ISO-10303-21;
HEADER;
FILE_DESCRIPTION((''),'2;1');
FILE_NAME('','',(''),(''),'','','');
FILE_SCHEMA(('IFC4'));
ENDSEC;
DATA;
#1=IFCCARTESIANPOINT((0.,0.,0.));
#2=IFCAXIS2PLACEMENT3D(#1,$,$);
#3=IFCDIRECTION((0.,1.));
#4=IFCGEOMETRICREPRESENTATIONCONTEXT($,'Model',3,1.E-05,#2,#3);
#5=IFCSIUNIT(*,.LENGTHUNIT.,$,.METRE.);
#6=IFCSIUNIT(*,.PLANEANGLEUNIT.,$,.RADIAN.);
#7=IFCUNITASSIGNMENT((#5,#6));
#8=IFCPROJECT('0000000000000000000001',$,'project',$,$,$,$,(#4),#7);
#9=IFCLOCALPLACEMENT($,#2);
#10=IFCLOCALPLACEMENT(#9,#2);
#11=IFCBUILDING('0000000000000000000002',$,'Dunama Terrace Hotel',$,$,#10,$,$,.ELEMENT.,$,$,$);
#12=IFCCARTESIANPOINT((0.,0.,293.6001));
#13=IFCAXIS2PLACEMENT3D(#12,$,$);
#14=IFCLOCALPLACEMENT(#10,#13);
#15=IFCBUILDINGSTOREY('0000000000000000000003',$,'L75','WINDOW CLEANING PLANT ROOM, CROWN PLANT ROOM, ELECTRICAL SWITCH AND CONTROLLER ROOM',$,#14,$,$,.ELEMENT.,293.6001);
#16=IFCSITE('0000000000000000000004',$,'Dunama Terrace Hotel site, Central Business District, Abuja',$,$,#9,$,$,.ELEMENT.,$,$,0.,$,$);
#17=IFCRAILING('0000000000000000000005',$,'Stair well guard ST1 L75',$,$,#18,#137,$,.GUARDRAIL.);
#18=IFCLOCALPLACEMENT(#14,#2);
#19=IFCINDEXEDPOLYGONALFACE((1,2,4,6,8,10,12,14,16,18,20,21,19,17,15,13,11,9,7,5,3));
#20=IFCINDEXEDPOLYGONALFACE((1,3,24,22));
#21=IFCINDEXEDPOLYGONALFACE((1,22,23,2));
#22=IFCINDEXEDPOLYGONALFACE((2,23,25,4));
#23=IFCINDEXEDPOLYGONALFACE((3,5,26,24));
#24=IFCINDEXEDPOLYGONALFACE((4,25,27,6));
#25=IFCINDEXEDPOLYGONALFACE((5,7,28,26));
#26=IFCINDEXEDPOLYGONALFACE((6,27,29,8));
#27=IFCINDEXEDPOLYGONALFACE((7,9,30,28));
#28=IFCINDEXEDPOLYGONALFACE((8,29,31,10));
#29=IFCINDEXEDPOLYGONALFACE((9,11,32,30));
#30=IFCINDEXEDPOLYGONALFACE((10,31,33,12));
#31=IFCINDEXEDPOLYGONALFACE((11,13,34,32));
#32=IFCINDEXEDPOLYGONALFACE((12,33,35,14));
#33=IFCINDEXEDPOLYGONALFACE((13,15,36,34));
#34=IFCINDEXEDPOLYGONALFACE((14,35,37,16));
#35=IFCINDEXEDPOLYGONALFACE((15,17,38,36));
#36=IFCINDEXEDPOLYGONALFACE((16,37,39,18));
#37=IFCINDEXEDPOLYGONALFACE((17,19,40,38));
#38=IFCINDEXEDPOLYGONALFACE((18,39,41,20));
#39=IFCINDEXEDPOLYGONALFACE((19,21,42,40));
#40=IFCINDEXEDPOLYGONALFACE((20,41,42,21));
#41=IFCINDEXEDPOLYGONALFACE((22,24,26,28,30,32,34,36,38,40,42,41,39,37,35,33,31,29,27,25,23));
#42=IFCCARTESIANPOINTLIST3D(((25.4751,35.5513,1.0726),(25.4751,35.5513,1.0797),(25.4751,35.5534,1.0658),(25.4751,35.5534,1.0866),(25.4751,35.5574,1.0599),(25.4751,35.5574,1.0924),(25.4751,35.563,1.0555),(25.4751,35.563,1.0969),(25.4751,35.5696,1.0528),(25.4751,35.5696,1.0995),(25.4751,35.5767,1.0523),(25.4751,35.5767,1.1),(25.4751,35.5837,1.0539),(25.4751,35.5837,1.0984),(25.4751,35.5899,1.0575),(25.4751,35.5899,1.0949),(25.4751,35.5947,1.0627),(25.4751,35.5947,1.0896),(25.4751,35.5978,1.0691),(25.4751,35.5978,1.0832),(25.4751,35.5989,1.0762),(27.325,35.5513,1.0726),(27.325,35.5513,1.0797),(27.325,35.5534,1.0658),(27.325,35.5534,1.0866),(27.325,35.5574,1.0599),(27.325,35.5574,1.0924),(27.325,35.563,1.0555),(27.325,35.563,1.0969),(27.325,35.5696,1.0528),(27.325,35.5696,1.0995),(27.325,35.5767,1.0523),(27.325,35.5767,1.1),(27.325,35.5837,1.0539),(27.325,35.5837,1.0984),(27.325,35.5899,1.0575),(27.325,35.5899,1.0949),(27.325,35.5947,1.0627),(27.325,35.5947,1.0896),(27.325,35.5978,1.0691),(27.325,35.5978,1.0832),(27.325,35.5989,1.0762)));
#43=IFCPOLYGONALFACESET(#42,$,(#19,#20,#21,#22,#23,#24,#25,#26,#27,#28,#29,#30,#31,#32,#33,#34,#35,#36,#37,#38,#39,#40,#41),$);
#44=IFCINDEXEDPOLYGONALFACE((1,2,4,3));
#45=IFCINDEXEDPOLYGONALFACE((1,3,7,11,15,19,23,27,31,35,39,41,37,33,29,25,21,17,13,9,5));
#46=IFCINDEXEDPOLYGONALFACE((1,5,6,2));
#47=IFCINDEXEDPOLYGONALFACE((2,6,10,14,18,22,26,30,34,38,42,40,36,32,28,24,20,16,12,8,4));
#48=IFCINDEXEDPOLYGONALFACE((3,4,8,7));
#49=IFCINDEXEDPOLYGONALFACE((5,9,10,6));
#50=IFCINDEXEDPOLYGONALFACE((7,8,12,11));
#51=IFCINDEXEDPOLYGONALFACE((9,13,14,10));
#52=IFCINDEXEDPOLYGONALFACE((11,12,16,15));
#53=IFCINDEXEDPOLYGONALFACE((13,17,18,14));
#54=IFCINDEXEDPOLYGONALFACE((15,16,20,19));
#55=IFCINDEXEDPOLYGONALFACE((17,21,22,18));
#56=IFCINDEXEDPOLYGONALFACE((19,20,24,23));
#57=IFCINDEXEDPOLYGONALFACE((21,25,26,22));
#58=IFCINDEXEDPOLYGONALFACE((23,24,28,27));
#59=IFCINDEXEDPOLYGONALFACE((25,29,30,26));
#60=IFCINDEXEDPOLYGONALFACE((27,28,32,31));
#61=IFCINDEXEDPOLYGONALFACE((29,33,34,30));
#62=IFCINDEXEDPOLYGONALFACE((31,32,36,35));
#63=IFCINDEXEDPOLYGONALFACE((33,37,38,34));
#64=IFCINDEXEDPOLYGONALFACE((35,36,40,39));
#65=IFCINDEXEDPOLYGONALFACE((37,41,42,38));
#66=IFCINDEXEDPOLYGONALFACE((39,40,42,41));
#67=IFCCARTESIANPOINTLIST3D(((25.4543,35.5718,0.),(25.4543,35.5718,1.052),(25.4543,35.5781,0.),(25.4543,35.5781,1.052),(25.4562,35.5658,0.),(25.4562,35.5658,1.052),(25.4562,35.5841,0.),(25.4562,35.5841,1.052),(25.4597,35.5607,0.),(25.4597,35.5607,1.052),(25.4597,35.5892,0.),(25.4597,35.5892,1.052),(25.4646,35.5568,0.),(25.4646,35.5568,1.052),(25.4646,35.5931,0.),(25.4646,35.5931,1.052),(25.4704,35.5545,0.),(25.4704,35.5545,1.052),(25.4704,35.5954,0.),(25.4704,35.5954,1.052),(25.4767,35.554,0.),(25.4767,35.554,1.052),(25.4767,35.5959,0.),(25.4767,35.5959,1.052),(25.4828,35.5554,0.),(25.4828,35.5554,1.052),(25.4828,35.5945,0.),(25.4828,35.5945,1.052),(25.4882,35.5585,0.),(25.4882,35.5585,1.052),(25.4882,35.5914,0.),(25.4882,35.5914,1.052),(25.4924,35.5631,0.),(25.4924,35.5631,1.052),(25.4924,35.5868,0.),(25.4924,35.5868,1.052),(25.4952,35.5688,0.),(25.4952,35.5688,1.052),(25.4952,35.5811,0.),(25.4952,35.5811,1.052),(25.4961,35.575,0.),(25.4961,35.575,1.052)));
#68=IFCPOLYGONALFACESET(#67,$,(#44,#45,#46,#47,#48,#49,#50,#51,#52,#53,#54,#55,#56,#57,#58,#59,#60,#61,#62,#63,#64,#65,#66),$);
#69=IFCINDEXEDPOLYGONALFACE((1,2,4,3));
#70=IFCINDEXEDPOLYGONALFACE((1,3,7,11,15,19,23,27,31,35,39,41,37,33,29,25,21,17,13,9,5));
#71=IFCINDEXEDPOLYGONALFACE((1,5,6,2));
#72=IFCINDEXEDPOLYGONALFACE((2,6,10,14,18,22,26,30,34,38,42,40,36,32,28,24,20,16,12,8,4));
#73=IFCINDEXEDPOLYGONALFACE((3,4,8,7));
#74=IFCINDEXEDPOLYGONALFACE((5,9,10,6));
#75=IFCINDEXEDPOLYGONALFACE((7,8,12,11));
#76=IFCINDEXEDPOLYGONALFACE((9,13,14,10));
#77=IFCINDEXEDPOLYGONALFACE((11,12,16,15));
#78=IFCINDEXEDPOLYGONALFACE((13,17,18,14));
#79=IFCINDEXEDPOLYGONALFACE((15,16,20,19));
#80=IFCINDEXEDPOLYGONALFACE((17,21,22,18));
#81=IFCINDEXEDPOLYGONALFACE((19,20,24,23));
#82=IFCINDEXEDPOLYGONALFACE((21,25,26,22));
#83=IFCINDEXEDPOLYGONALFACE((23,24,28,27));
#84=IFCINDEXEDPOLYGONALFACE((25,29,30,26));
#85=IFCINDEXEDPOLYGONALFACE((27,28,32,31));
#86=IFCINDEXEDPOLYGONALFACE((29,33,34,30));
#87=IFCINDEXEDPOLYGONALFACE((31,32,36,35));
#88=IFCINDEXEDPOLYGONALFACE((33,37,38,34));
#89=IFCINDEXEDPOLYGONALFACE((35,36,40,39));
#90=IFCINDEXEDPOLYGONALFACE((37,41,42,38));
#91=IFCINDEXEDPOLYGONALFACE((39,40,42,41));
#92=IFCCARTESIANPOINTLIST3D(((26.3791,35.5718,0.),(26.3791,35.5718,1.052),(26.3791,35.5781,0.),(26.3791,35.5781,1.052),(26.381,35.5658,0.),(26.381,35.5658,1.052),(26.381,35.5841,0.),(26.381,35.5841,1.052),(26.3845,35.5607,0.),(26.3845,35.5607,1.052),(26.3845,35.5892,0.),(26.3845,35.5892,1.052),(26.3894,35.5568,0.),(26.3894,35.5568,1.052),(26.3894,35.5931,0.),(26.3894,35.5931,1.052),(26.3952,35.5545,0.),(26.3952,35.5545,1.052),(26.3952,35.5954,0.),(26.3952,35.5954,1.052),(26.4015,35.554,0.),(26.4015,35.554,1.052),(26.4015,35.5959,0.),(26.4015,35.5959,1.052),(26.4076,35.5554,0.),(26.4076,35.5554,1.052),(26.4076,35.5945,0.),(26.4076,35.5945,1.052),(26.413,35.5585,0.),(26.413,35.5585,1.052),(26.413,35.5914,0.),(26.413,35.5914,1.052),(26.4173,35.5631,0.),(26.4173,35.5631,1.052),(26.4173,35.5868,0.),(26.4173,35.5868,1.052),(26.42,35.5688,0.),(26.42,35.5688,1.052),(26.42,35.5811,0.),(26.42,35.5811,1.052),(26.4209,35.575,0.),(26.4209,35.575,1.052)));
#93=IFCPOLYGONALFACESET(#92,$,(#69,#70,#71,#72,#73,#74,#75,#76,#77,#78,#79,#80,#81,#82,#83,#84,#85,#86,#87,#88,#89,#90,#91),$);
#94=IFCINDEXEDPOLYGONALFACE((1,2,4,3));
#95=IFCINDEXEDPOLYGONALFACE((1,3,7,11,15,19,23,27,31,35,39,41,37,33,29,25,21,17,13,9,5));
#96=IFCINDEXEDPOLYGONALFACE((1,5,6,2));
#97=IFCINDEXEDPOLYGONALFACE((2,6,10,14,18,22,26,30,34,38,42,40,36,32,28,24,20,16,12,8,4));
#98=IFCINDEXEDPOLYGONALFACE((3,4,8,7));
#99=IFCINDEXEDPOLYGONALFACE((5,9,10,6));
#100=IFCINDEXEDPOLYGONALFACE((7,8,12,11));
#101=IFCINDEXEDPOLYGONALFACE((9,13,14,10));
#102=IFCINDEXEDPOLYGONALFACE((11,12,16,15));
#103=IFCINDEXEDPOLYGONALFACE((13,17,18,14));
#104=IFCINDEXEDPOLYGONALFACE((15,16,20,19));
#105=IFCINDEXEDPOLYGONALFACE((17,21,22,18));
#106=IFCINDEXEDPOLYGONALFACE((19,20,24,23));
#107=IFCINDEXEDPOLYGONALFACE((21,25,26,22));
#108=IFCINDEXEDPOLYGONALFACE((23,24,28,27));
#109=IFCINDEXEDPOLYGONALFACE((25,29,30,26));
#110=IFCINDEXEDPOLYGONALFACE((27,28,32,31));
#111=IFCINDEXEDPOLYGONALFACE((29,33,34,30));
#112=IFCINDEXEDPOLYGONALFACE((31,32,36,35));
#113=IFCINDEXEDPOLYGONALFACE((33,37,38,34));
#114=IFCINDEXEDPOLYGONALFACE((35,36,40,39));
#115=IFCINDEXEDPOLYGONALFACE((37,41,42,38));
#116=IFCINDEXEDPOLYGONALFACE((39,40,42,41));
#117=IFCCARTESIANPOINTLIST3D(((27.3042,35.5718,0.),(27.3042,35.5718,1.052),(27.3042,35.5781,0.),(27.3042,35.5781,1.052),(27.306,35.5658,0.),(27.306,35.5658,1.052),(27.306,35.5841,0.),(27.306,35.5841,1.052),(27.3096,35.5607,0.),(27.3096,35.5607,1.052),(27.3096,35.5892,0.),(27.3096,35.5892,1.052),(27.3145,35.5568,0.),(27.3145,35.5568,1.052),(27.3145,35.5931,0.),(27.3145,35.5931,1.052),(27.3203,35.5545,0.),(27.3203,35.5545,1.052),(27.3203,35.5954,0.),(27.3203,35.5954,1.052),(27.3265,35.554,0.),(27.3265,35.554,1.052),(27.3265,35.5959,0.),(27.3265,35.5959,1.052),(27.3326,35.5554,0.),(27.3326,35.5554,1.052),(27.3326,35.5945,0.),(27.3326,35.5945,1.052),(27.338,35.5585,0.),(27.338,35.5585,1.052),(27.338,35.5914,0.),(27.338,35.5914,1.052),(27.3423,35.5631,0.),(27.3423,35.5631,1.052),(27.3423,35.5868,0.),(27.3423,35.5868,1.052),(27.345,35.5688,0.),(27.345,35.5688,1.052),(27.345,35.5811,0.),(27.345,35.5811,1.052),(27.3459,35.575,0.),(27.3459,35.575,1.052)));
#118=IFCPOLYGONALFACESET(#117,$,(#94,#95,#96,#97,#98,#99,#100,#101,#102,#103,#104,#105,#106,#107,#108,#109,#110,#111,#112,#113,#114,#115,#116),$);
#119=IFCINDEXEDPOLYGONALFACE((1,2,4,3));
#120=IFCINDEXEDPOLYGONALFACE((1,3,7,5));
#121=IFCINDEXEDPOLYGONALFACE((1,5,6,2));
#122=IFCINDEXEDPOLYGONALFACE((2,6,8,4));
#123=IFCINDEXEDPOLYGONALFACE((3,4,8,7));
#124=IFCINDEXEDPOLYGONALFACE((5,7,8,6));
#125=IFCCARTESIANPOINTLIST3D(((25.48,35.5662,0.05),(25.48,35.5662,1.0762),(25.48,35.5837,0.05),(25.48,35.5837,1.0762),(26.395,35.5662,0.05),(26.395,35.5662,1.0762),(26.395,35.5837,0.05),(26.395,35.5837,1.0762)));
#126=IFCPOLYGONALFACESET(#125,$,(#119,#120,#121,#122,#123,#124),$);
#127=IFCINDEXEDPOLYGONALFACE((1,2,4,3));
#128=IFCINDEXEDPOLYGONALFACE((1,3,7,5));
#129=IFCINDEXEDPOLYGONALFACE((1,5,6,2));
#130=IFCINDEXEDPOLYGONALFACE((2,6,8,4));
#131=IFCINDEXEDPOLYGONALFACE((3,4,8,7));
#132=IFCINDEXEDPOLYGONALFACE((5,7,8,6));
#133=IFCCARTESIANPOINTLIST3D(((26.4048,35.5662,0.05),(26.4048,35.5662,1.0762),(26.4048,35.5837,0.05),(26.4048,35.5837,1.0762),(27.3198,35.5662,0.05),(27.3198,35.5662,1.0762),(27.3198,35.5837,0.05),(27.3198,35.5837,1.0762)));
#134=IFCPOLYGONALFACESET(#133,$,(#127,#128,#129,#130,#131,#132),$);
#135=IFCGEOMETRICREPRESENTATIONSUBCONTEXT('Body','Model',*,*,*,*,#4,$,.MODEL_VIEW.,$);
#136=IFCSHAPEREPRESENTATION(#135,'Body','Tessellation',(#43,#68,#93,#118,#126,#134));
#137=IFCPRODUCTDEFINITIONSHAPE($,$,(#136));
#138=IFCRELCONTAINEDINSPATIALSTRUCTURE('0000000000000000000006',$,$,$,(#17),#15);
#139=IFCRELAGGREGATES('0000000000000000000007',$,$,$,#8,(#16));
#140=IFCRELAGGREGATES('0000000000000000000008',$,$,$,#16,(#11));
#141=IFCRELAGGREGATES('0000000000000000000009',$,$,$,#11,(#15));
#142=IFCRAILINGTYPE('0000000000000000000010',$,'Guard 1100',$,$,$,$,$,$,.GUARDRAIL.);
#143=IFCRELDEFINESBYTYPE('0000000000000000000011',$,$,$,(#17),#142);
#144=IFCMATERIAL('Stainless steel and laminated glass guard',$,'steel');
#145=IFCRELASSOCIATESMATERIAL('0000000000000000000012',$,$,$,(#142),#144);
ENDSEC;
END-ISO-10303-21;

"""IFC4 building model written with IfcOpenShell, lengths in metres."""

from ifc_helpers import new_model, si_unit, direction, frame, origin, origin_2d, place, context, subcontext, project, spatial, polyline, circle, outline, extrude, material, type_object, element, save


model = new_model("IFC4")

# Units and contexts
model_context = context("Model", 3, precision=1e-05, world=origin(), true_north=direction((0.0, 1.0)))
body_context = subcontext(model_context, "Body", "Model", "MODEL_VIEW")
ifc_project = project(units=[si_unit("LENGTHUNIT", "METRE"), si_unit("PLANEANGLEUNIT", "RADIAN")], contexts=[model_context])

# Site, building, storey
site_placement = place(None, origin())
site = spatial("IfcSite", under=ifc_project, at=site_placement, Name="Dunama Terrace Hotel site, Central Business District, Abuja", CompositionType="ELEMENT", RefElevation=0.0)
building_placement = place(site_placement, origin())
building = spatial("IfcBuilding", under=site, at=building_placement, Name="Dunama Terrace Hotel", CompositionType="ELEMENT")
storey_placement = place(building_placement, frame((0.0, 0.0, 293.6001)))
storey = spatial("IfcBuildingStorey", under=building, at=storey_placement, Name="L75", Description="WINDOW CLEANING PLANT ROOM, CROWN PLANT ROOM, ELECTRICAL SWITCH AND CONTROLLER ROOM", CompositionType="ELEMENT", Elevation=293.6001)

# Railing
ifc_material_1 = material(Name="Stainless steel and laminated glass guard", Category="steel")
railing_type = type_object("IfcRailingType", Name="Guard 1100", PredefinedType="GUARDRAIL", material=ifc_material_1)
railing_placement = place(storey_placement, frame((25.4751, 35.575, 0.0)))
element("IfcRailing", 1, at=railing_placement, inside=storey, type_object=railing_type, Name="Stair well guard ST1 L75", PredefinedType="GUARDRAIL", context=body_context, shape_type="SweptSolid", body=[
    extrude(circle(Radius=0.0239, at=origin_2d()), frame((0.0, 0.0, 1.0762), z_axis=(1.0, 0.0, 0.0), x_axis=(0.0, 1.0, 0.0)), (0.0, 0.0, 1.0), 1.8499),
    extrude(circle(Radius=0.021, at=origin_2d()), origin(), (0.0, 0.0, 1.0), 1.052),
    extrude(circle(Radius=0.021, at=origin_2d()), frame((0.9248, 0.0, 0.0)), (0.0, 0.0, 1.0), 1.052),
    extrude(circle(Radius=0.021, at=origin_2d()), frame((1.8499, 0.0, 0.0)), (0.0, 0.0, 1.0), 1.052),
    extrude(outline(polyline([(0.0049, 0.05), (0.9199, 0.05), (0.9199, 1.0762), (0.0049, 1.0762), (0.0049, 0.05)])), frame((0.0, 0.0088, 0.0), z_axis=(0.0, -1.0, 0.0), x_axis=(1.0, 0.0, 0.0)), (0.0, 0.0, 1.0), 0.0176),
    extrude(outline(polyline([(0.0049, 0.05), (0.9199, 0.05), (0.9199, 1.0762), (0.0049, 1.0762), (0.0049, 0.05)])), frame((0.9248, 0.0088, 0.0), z_axis=(0.0, -1.0, 0.0), x_axis=(1.0, 0.0, 0.0)), (0.0, 0.0, 1.0), 0.0176),
])

save(model, "model.ifc")
